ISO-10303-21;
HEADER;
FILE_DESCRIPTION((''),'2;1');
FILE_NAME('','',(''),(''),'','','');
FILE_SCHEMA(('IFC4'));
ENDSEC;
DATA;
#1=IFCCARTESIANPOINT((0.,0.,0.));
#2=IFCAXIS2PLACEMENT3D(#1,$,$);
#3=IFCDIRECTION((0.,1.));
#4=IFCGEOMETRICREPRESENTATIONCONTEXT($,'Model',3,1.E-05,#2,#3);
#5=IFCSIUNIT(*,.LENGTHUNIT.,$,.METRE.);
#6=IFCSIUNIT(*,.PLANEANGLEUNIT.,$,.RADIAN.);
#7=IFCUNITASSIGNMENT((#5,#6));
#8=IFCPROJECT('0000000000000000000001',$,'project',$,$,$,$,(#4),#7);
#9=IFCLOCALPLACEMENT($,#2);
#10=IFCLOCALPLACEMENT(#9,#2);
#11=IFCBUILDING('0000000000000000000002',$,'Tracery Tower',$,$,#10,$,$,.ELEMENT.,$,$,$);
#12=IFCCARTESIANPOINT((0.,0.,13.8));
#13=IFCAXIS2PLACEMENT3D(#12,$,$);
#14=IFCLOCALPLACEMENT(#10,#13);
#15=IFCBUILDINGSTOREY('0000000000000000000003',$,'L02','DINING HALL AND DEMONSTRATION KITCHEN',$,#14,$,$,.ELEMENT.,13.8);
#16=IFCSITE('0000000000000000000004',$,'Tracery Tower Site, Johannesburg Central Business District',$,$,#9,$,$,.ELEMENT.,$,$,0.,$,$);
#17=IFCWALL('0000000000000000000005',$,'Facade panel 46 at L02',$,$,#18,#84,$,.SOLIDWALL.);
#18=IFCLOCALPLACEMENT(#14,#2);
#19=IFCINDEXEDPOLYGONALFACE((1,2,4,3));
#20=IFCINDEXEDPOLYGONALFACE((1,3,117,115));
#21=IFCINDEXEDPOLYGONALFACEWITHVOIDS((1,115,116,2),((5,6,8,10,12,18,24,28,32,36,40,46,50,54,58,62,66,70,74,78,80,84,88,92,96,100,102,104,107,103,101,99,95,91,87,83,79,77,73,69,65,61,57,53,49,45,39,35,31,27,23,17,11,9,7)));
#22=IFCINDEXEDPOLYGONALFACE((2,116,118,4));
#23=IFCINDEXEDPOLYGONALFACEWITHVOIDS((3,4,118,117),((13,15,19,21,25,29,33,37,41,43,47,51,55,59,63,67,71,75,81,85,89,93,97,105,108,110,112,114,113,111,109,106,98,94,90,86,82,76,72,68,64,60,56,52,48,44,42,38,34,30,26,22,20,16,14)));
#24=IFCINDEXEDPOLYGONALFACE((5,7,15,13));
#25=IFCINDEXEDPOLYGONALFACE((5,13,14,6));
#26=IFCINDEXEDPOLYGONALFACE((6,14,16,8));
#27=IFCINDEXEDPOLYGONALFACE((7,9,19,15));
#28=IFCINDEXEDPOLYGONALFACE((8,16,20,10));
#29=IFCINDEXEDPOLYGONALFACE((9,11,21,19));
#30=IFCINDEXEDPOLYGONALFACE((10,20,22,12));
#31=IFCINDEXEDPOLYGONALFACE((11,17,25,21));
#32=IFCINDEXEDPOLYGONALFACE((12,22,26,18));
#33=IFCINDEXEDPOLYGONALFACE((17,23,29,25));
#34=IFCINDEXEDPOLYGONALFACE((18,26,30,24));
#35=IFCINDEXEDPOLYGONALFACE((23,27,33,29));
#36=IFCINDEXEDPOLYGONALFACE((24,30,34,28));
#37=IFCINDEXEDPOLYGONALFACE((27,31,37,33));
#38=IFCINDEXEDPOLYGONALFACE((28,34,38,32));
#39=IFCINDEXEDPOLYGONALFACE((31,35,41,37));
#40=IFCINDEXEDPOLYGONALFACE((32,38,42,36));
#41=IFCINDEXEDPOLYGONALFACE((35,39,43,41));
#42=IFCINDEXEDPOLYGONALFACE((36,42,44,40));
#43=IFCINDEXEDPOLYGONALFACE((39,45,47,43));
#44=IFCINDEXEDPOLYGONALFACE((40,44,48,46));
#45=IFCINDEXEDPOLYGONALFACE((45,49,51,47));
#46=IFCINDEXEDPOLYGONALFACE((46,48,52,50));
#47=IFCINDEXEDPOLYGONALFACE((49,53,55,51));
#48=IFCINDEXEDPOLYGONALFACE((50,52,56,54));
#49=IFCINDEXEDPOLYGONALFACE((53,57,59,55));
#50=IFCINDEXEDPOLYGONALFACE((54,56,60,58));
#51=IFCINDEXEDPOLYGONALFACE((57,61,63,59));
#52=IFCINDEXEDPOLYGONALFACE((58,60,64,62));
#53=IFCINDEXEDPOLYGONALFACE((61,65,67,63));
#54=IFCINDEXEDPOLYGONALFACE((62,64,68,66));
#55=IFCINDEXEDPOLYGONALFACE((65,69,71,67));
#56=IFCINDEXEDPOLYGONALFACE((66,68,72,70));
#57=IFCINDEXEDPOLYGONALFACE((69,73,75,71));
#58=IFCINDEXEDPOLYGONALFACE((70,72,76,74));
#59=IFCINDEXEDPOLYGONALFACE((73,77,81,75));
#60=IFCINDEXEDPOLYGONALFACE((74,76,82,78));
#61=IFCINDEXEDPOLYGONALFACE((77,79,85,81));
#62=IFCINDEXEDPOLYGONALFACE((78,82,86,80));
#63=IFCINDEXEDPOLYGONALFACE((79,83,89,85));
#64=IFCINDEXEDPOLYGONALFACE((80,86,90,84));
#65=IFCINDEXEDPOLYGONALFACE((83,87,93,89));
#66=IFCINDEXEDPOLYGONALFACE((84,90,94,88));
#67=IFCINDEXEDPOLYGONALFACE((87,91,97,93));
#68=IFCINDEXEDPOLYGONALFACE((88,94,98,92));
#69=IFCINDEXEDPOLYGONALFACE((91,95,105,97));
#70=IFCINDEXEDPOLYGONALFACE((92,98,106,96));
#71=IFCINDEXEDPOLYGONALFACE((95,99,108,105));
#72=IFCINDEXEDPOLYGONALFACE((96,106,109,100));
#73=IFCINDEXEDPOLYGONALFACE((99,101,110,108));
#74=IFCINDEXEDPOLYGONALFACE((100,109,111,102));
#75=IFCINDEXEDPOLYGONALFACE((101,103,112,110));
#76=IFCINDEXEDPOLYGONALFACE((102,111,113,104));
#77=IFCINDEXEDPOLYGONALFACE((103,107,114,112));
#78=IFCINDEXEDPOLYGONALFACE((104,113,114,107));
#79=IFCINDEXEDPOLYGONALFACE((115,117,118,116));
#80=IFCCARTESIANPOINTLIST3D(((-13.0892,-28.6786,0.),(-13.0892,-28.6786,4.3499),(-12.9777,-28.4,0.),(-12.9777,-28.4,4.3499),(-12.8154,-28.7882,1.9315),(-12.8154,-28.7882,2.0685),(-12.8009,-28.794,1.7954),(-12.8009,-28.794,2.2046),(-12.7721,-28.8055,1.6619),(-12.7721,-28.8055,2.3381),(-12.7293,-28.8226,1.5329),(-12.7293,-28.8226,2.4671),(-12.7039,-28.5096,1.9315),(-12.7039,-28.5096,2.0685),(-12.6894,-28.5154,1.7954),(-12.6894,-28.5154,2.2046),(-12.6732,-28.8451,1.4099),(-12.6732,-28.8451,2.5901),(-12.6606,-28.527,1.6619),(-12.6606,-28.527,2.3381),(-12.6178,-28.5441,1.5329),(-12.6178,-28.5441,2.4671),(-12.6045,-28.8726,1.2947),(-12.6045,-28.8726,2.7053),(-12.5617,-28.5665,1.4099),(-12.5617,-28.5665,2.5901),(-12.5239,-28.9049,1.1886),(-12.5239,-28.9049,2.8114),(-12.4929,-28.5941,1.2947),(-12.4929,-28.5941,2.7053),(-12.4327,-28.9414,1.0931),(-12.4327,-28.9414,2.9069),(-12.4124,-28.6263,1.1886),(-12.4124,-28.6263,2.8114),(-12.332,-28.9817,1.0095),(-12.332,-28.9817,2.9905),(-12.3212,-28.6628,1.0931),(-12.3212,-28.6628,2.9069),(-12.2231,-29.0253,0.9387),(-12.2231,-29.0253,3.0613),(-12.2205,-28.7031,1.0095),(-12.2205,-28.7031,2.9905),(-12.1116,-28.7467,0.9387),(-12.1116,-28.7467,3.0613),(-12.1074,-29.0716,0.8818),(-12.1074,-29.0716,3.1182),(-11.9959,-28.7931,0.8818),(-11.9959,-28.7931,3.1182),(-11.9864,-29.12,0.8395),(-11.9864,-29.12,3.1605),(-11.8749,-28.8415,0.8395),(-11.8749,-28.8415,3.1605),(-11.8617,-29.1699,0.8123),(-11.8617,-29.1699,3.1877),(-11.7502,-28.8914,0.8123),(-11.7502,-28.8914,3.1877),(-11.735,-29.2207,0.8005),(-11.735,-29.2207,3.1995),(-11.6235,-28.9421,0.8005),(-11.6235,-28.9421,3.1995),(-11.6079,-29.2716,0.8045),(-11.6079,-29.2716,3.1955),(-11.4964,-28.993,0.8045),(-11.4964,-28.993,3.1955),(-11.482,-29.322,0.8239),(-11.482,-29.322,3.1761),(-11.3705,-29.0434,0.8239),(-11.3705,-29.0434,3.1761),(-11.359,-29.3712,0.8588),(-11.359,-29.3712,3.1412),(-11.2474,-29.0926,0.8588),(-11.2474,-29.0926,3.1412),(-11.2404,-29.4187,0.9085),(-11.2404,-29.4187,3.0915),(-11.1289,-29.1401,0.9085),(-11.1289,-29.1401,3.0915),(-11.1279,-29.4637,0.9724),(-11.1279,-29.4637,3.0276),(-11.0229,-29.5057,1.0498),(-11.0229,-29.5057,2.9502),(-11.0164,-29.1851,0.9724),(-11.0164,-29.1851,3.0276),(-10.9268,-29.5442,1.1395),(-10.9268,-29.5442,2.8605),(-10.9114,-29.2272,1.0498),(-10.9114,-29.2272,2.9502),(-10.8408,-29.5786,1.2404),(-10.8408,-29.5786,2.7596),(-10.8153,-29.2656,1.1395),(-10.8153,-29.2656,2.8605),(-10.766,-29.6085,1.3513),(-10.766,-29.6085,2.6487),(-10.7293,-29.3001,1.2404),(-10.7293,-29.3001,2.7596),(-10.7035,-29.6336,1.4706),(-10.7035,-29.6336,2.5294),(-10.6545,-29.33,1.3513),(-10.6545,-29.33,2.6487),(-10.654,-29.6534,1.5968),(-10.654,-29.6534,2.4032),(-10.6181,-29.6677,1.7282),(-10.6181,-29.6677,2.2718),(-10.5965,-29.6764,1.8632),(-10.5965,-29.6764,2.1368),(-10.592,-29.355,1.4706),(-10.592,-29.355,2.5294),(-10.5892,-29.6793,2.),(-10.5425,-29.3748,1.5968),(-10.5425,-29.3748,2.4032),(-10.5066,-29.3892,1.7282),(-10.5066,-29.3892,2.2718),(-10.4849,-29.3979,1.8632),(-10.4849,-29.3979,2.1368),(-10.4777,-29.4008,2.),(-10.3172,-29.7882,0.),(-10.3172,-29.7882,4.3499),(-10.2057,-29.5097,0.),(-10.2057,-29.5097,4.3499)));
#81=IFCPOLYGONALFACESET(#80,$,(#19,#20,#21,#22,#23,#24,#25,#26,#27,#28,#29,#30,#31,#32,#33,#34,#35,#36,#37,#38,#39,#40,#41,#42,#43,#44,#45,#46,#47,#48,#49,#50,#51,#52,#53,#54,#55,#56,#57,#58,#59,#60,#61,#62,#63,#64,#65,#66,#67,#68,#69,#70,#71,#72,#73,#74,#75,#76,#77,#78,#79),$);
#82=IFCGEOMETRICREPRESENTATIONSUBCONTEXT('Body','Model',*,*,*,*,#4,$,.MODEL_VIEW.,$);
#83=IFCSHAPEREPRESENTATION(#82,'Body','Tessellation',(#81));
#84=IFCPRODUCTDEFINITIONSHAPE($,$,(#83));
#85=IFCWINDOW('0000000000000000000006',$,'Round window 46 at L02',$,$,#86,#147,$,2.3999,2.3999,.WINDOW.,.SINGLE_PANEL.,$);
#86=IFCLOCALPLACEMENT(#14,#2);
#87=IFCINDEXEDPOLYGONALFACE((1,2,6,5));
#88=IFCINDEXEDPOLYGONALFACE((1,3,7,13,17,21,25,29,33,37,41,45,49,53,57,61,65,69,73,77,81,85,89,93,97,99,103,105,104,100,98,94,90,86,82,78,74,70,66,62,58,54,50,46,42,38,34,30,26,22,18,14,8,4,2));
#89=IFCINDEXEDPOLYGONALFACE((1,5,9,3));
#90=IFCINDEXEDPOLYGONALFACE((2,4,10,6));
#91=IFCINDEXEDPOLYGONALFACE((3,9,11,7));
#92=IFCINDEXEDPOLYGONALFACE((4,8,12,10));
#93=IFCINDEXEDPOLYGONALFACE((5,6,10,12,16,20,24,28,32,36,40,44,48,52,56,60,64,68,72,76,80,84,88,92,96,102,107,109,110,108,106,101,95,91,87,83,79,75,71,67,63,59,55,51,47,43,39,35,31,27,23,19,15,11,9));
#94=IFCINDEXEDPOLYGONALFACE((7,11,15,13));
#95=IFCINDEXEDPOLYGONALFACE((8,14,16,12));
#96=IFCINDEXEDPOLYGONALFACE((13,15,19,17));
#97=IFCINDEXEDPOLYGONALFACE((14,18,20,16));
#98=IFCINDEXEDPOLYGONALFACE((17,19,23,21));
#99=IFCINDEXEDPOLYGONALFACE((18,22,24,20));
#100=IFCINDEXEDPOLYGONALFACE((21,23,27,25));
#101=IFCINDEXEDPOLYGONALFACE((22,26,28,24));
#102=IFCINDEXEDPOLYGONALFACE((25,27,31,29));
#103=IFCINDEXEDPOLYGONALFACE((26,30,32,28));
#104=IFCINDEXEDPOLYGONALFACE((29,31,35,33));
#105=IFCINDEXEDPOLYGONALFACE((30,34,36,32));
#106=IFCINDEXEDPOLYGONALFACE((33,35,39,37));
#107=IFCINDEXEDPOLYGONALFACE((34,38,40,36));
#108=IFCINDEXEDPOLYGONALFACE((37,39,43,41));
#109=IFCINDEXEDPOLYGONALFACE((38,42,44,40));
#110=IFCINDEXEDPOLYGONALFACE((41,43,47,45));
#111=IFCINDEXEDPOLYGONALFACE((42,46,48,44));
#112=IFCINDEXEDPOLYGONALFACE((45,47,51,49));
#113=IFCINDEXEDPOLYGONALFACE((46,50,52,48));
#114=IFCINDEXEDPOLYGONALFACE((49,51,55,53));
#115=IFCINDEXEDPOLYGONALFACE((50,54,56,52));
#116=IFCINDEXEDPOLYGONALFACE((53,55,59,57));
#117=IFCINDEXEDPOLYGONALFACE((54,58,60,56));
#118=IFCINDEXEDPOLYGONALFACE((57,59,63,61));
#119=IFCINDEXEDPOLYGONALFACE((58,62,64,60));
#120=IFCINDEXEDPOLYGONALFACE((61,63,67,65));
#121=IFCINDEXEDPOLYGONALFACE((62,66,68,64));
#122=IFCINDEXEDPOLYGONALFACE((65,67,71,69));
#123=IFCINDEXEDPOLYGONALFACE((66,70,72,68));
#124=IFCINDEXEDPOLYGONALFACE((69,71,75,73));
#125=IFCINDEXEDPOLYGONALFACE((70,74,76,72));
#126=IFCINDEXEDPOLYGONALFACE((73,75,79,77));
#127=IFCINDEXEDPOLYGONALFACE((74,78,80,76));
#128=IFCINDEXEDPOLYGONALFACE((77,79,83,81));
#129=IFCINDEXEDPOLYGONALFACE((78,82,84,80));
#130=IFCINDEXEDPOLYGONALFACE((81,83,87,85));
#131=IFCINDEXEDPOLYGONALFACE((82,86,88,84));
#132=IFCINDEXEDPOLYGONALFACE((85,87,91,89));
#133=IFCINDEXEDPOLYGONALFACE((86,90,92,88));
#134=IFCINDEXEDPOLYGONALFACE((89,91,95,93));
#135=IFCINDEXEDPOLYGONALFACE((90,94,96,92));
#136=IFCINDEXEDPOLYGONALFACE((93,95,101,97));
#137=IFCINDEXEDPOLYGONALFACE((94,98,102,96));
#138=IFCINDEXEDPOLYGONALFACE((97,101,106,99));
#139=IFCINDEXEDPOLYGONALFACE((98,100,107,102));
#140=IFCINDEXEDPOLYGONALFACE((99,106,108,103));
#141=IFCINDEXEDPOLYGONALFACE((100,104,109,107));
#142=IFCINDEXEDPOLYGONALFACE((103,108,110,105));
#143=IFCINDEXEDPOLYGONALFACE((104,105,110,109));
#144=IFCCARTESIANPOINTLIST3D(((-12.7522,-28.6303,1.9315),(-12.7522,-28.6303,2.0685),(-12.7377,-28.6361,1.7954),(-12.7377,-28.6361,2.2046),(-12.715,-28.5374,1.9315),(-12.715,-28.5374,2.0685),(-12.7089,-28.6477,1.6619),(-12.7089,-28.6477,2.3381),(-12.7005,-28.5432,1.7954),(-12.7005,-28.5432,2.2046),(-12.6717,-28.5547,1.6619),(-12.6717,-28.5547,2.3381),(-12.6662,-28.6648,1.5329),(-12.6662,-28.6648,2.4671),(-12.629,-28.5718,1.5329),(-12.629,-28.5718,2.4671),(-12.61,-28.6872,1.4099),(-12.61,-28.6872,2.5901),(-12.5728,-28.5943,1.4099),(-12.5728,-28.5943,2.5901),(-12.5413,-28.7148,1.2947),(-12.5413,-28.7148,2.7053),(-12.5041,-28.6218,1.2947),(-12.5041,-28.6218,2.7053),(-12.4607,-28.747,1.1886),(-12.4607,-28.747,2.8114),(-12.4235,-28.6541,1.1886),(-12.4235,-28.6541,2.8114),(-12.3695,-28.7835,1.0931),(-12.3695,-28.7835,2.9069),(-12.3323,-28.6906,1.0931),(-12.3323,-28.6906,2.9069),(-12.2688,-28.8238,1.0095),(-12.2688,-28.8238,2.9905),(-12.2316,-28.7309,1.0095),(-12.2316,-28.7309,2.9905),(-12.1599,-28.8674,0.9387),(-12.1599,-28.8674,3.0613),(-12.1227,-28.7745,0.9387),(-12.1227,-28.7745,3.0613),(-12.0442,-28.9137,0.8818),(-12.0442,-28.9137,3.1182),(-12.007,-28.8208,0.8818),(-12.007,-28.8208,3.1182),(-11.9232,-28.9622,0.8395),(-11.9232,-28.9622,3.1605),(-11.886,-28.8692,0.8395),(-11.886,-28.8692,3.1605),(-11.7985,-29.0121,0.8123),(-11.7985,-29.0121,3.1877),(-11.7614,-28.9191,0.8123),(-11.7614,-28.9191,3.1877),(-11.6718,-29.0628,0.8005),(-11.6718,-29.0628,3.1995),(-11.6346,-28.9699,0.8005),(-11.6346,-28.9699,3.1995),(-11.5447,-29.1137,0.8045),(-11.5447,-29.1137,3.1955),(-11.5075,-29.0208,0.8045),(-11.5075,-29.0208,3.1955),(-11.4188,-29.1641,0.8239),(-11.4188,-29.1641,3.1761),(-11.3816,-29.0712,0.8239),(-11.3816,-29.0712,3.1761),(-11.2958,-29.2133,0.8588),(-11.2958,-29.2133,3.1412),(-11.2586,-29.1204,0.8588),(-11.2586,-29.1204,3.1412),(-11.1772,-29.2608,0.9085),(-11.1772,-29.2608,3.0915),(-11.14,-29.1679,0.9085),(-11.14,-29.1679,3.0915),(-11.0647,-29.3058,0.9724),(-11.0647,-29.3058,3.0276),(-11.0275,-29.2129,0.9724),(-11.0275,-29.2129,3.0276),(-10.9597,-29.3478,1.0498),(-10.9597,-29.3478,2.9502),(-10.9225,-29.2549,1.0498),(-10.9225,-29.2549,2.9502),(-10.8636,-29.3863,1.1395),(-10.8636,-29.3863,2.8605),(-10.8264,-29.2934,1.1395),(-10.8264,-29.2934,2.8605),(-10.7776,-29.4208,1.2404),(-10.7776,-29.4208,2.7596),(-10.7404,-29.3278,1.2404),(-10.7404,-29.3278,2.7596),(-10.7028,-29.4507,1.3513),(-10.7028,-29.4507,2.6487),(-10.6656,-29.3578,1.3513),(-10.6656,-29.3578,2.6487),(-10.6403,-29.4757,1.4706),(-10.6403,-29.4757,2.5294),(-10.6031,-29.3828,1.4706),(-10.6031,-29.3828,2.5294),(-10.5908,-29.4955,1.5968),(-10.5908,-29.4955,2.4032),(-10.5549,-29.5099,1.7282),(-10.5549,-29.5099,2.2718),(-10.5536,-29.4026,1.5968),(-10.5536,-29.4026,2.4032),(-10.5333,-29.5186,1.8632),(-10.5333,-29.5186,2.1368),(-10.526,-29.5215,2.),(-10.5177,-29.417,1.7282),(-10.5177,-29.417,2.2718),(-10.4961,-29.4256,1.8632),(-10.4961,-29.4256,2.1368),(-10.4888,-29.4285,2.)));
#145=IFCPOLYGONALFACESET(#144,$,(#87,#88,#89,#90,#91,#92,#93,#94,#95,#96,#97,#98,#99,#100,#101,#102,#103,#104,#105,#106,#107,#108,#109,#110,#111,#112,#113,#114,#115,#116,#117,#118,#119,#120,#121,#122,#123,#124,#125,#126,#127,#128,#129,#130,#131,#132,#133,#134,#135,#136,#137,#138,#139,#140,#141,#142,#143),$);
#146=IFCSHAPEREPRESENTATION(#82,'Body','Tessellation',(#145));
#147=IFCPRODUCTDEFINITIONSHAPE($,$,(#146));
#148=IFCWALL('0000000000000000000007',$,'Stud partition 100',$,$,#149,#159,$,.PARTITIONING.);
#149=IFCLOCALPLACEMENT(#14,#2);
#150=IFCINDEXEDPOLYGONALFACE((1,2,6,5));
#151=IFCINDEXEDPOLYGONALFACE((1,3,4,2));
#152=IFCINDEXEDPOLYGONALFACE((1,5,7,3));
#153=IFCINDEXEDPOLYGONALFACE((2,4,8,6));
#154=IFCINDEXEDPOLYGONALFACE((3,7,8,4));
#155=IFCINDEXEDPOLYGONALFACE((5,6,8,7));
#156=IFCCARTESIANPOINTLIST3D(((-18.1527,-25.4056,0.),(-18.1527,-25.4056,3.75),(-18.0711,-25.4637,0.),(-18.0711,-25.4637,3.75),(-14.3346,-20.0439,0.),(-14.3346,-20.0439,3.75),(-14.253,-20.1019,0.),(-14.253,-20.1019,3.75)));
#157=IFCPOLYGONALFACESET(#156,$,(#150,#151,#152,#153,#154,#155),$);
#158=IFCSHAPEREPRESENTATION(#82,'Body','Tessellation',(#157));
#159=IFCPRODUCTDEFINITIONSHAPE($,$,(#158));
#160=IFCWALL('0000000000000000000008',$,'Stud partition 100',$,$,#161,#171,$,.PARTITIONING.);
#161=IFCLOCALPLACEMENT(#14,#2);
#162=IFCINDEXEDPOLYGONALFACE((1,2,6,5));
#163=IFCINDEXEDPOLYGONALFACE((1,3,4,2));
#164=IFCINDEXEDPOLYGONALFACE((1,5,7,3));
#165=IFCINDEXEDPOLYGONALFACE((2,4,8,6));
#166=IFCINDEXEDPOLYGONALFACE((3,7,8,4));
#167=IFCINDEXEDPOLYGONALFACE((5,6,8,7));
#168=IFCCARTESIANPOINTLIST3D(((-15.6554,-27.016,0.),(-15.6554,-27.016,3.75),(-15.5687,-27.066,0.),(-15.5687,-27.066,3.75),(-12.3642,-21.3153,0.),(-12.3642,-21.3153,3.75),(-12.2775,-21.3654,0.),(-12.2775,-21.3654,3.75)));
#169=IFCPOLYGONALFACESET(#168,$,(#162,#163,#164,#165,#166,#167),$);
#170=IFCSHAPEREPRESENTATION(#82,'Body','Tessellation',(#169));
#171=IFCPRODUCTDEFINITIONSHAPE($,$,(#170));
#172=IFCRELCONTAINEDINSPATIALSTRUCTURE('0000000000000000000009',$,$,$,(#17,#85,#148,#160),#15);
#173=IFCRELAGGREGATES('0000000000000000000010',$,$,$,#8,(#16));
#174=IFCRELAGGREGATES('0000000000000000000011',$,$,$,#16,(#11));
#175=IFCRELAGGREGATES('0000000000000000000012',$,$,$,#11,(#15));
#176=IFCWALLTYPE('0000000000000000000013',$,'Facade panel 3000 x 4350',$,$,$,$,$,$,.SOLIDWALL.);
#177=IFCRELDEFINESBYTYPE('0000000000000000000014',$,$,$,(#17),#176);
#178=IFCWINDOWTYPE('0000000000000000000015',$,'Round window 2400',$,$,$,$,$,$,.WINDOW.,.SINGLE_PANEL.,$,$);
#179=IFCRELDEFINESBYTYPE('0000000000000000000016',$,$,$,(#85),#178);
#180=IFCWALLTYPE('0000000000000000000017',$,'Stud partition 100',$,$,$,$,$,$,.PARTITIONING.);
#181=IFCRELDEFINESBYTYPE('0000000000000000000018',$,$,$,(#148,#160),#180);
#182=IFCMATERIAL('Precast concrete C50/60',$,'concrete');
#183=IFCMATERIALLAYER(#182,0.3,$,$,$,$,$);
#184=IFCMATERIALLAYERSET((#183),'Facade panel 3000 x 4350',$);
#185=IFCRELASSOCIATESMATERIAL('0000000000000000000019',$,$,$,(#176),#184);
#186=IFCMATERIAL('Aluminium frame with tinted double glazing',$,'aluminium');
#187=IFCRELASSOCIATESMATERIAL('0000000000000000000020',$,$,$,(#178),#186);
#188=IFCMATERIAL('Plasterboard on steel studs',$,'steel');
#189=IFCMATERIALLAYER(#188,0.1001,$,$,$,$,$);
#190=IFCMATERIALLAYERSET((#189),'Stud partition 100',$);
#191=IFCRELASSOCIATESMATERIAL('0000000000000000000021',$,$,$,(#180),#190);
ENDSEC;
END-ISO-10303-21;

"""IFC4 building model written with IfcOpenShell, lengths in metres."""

from ifc_helpers import new_model, si_unit, direction, frame, frame_2d, origin, origin_2d, place, context, subcontext, project, spatial, rectangle, circle, extrude, material, layer, layer_set, type_object, element, fill, save


model = new_model("IFC4")

# Units and contexts
model_context = context("Model", 3, precision=1e-05, world=origin(), true_north=direction((0.0, 1.0)))
body_context = subcontext(model_context, "Body", "Model", "MODEL_VIEW")
ifc_project = project(units=[si_unit("LENGTHUNIT", "METRE"), si_unit("PLANEANGLEUNIT", "RADIAN")], contexts=[model_context])

# Site, building, storey
site_placement = place(None, origin())
site = spatial("IfcSite", under=ifc_project, at=site_placement, Name="Tracery Tower Site, Johannesburg Central Business District", CompositionType="ELEMENT", RefElevation=0.0)
building_placement = place(site_placement, origin())
building = spatial("IfcBuilding", under=site, at=building_placement, Name="Tracery Tower", CompositionType="ELEMENT")
storey_placement = place(building_placement, frame((0.0, 0.0, 13.8)))
storey = spatial("IfcBuildingStorey", under=building, at=storey_placement, Name="L02", Description="DINING HALL AND DEMONSTRATION KITCHEN", CompositionType="ELEMENT", Elevation=13.8)

# Wall, opening, window
ifc_material_1 = material(Name="Precast concrete C50/60", Category="concrete")
ifc_layer_1 = layer(ifc_material_1, 0.3)
ifc_layer_set_1 = layer_set([ifc_layer_1], Name="Facade panel 3000 x 4350")
wall_type_1 = type_object("IfcWallType", Name="Facade panel 3000 x 4350", PredefinedType="SOLIDWALL", material=ifc_layer_set_1)
ifc_material_2 = material(Name="Aluminium frame with tinted double glazing", Category="aluminium")
window_type = type_object("IfcWindowType", Name="Round window 2400", PartitioningType="SINGLE_PANEL", PredefinedType="WINDOW", material=ifc_material_2)
wall_1_placement = place(storey_placement, frame((-13.0334, -28.5393, 0.0), z_axis=(0.0, 0.0, 1.0), x_axis=(0.928381, -0.37163, 0.0)))
wall_1 = element("IfcWall", 1, at=wall_1_placement, inside=storey, type_object=wall_type_1, Name="Facade panel 46 at L02", PredefinedType="SOLIDWALL", context=body_context, shape_type="SweptSolid", body=[
    extrude(rectangle(XDim=2.9858, YDim=0.3, at=frame_2d((1.4929, 0.0))), origin(), (0.0, 0.0, 1.0), 4.3499),
])
opening_1_placement = place(wall_1_placement, frame((1.4929, 0.0, 2.0)))
opening_1 = element("IfcOpeningElement", 2, at=opening_1_placement, cuts=wall_1, PredefinedType="OPENING", context=body_context, shape_type="SweptSolid", body=[
    extrude(circle(Radius=1.2, at=origin_2d()), frame((0.0, 0.1599, 0.0), z_axis=(0.0, -1.0, 0.0), x_axis=(1.0, 0.0, 0.0)), (0.0, 0.0, 1.0), 0.3201),
])
window_1_placement = place(opening_1_placement, origin())
window_1 = element("IfcWindow", 3, at=window_1_placement, inside=storey, type_object=window_type, Name="Round window 46 at L02", OverallHeight=2.3999, OverallWidth=2.3999, PartitioningType="SINGLE_PANEL", PredefinedType="WINDOW", context=body_context, shape_type="SweptSolid", body=[
    extrude(circle(Radius=1.2, at=origin_2d()), frame((0.0, 0.1201, 0.0), z_axis=(0.0, -1.0, 0.0), x_axis=(1.0, 0.0, 0.0)), (0.0, 0.0, 1.0), 0.1001),
])
fill(opening_1, window_1)

# Walls
ifc_material_3 = material(Name="Plasterboard on steel studs", Category="steel")
ifc_layer_2 = layer(ifc_material_3, 0.1001)
ifc_layer_set_2 = layer_set([ifc_layer_2], Name="Stud partition 100")
wall_type_2 = type_object("IfcWallType", Name="Stud partition 100", PredefinedType="PARTITIONING", material=ifc_layer_set_2)
wall_2_placement = place(storey_placement, frame((-18.1118, -25.4346, 0.0), z_axis=(0.0, 0.0, 1.0), x_axis=(0.580055, 0.814577, 0.0)))
element("IfcWall", 4, at=wall_2_placement, inside=storey, type_object=wall_type_2, Name="Stud partition 100", PredefinedType="PARTITIONING", context=body_context, shape_type="SweptSolid", body=[
    extrude(rectangle(XDim=6.5823, YDim=0.1001, at=frame_2d((3.291, 0.0))), origin(), (0.0, 0.0, 1.0), 3.75),
])
wall_3_placement = place(storey_placement, frame((-15.6121, -27.041, 0.0), z_axis=(0.0, 0.0, 1.0), x_axis=(0.499996, 0.866027, 0.0)))
element("IfcWall", 5, at=wall_3_placement, inside=storey, type_object=wall_type_2, Name="Stud partition 100", PredefinedType="PARTITIONING", context=body_context, shape_type="SweptSolid", body=[
    extrude(rectangle(XDim=6.5825, YDim=0.1001, at=frame_2d((3.2913, 0.0))), origin(), (0.0, 0.0, 1.0), 3.75),
])

save(model, "model.ifc")
